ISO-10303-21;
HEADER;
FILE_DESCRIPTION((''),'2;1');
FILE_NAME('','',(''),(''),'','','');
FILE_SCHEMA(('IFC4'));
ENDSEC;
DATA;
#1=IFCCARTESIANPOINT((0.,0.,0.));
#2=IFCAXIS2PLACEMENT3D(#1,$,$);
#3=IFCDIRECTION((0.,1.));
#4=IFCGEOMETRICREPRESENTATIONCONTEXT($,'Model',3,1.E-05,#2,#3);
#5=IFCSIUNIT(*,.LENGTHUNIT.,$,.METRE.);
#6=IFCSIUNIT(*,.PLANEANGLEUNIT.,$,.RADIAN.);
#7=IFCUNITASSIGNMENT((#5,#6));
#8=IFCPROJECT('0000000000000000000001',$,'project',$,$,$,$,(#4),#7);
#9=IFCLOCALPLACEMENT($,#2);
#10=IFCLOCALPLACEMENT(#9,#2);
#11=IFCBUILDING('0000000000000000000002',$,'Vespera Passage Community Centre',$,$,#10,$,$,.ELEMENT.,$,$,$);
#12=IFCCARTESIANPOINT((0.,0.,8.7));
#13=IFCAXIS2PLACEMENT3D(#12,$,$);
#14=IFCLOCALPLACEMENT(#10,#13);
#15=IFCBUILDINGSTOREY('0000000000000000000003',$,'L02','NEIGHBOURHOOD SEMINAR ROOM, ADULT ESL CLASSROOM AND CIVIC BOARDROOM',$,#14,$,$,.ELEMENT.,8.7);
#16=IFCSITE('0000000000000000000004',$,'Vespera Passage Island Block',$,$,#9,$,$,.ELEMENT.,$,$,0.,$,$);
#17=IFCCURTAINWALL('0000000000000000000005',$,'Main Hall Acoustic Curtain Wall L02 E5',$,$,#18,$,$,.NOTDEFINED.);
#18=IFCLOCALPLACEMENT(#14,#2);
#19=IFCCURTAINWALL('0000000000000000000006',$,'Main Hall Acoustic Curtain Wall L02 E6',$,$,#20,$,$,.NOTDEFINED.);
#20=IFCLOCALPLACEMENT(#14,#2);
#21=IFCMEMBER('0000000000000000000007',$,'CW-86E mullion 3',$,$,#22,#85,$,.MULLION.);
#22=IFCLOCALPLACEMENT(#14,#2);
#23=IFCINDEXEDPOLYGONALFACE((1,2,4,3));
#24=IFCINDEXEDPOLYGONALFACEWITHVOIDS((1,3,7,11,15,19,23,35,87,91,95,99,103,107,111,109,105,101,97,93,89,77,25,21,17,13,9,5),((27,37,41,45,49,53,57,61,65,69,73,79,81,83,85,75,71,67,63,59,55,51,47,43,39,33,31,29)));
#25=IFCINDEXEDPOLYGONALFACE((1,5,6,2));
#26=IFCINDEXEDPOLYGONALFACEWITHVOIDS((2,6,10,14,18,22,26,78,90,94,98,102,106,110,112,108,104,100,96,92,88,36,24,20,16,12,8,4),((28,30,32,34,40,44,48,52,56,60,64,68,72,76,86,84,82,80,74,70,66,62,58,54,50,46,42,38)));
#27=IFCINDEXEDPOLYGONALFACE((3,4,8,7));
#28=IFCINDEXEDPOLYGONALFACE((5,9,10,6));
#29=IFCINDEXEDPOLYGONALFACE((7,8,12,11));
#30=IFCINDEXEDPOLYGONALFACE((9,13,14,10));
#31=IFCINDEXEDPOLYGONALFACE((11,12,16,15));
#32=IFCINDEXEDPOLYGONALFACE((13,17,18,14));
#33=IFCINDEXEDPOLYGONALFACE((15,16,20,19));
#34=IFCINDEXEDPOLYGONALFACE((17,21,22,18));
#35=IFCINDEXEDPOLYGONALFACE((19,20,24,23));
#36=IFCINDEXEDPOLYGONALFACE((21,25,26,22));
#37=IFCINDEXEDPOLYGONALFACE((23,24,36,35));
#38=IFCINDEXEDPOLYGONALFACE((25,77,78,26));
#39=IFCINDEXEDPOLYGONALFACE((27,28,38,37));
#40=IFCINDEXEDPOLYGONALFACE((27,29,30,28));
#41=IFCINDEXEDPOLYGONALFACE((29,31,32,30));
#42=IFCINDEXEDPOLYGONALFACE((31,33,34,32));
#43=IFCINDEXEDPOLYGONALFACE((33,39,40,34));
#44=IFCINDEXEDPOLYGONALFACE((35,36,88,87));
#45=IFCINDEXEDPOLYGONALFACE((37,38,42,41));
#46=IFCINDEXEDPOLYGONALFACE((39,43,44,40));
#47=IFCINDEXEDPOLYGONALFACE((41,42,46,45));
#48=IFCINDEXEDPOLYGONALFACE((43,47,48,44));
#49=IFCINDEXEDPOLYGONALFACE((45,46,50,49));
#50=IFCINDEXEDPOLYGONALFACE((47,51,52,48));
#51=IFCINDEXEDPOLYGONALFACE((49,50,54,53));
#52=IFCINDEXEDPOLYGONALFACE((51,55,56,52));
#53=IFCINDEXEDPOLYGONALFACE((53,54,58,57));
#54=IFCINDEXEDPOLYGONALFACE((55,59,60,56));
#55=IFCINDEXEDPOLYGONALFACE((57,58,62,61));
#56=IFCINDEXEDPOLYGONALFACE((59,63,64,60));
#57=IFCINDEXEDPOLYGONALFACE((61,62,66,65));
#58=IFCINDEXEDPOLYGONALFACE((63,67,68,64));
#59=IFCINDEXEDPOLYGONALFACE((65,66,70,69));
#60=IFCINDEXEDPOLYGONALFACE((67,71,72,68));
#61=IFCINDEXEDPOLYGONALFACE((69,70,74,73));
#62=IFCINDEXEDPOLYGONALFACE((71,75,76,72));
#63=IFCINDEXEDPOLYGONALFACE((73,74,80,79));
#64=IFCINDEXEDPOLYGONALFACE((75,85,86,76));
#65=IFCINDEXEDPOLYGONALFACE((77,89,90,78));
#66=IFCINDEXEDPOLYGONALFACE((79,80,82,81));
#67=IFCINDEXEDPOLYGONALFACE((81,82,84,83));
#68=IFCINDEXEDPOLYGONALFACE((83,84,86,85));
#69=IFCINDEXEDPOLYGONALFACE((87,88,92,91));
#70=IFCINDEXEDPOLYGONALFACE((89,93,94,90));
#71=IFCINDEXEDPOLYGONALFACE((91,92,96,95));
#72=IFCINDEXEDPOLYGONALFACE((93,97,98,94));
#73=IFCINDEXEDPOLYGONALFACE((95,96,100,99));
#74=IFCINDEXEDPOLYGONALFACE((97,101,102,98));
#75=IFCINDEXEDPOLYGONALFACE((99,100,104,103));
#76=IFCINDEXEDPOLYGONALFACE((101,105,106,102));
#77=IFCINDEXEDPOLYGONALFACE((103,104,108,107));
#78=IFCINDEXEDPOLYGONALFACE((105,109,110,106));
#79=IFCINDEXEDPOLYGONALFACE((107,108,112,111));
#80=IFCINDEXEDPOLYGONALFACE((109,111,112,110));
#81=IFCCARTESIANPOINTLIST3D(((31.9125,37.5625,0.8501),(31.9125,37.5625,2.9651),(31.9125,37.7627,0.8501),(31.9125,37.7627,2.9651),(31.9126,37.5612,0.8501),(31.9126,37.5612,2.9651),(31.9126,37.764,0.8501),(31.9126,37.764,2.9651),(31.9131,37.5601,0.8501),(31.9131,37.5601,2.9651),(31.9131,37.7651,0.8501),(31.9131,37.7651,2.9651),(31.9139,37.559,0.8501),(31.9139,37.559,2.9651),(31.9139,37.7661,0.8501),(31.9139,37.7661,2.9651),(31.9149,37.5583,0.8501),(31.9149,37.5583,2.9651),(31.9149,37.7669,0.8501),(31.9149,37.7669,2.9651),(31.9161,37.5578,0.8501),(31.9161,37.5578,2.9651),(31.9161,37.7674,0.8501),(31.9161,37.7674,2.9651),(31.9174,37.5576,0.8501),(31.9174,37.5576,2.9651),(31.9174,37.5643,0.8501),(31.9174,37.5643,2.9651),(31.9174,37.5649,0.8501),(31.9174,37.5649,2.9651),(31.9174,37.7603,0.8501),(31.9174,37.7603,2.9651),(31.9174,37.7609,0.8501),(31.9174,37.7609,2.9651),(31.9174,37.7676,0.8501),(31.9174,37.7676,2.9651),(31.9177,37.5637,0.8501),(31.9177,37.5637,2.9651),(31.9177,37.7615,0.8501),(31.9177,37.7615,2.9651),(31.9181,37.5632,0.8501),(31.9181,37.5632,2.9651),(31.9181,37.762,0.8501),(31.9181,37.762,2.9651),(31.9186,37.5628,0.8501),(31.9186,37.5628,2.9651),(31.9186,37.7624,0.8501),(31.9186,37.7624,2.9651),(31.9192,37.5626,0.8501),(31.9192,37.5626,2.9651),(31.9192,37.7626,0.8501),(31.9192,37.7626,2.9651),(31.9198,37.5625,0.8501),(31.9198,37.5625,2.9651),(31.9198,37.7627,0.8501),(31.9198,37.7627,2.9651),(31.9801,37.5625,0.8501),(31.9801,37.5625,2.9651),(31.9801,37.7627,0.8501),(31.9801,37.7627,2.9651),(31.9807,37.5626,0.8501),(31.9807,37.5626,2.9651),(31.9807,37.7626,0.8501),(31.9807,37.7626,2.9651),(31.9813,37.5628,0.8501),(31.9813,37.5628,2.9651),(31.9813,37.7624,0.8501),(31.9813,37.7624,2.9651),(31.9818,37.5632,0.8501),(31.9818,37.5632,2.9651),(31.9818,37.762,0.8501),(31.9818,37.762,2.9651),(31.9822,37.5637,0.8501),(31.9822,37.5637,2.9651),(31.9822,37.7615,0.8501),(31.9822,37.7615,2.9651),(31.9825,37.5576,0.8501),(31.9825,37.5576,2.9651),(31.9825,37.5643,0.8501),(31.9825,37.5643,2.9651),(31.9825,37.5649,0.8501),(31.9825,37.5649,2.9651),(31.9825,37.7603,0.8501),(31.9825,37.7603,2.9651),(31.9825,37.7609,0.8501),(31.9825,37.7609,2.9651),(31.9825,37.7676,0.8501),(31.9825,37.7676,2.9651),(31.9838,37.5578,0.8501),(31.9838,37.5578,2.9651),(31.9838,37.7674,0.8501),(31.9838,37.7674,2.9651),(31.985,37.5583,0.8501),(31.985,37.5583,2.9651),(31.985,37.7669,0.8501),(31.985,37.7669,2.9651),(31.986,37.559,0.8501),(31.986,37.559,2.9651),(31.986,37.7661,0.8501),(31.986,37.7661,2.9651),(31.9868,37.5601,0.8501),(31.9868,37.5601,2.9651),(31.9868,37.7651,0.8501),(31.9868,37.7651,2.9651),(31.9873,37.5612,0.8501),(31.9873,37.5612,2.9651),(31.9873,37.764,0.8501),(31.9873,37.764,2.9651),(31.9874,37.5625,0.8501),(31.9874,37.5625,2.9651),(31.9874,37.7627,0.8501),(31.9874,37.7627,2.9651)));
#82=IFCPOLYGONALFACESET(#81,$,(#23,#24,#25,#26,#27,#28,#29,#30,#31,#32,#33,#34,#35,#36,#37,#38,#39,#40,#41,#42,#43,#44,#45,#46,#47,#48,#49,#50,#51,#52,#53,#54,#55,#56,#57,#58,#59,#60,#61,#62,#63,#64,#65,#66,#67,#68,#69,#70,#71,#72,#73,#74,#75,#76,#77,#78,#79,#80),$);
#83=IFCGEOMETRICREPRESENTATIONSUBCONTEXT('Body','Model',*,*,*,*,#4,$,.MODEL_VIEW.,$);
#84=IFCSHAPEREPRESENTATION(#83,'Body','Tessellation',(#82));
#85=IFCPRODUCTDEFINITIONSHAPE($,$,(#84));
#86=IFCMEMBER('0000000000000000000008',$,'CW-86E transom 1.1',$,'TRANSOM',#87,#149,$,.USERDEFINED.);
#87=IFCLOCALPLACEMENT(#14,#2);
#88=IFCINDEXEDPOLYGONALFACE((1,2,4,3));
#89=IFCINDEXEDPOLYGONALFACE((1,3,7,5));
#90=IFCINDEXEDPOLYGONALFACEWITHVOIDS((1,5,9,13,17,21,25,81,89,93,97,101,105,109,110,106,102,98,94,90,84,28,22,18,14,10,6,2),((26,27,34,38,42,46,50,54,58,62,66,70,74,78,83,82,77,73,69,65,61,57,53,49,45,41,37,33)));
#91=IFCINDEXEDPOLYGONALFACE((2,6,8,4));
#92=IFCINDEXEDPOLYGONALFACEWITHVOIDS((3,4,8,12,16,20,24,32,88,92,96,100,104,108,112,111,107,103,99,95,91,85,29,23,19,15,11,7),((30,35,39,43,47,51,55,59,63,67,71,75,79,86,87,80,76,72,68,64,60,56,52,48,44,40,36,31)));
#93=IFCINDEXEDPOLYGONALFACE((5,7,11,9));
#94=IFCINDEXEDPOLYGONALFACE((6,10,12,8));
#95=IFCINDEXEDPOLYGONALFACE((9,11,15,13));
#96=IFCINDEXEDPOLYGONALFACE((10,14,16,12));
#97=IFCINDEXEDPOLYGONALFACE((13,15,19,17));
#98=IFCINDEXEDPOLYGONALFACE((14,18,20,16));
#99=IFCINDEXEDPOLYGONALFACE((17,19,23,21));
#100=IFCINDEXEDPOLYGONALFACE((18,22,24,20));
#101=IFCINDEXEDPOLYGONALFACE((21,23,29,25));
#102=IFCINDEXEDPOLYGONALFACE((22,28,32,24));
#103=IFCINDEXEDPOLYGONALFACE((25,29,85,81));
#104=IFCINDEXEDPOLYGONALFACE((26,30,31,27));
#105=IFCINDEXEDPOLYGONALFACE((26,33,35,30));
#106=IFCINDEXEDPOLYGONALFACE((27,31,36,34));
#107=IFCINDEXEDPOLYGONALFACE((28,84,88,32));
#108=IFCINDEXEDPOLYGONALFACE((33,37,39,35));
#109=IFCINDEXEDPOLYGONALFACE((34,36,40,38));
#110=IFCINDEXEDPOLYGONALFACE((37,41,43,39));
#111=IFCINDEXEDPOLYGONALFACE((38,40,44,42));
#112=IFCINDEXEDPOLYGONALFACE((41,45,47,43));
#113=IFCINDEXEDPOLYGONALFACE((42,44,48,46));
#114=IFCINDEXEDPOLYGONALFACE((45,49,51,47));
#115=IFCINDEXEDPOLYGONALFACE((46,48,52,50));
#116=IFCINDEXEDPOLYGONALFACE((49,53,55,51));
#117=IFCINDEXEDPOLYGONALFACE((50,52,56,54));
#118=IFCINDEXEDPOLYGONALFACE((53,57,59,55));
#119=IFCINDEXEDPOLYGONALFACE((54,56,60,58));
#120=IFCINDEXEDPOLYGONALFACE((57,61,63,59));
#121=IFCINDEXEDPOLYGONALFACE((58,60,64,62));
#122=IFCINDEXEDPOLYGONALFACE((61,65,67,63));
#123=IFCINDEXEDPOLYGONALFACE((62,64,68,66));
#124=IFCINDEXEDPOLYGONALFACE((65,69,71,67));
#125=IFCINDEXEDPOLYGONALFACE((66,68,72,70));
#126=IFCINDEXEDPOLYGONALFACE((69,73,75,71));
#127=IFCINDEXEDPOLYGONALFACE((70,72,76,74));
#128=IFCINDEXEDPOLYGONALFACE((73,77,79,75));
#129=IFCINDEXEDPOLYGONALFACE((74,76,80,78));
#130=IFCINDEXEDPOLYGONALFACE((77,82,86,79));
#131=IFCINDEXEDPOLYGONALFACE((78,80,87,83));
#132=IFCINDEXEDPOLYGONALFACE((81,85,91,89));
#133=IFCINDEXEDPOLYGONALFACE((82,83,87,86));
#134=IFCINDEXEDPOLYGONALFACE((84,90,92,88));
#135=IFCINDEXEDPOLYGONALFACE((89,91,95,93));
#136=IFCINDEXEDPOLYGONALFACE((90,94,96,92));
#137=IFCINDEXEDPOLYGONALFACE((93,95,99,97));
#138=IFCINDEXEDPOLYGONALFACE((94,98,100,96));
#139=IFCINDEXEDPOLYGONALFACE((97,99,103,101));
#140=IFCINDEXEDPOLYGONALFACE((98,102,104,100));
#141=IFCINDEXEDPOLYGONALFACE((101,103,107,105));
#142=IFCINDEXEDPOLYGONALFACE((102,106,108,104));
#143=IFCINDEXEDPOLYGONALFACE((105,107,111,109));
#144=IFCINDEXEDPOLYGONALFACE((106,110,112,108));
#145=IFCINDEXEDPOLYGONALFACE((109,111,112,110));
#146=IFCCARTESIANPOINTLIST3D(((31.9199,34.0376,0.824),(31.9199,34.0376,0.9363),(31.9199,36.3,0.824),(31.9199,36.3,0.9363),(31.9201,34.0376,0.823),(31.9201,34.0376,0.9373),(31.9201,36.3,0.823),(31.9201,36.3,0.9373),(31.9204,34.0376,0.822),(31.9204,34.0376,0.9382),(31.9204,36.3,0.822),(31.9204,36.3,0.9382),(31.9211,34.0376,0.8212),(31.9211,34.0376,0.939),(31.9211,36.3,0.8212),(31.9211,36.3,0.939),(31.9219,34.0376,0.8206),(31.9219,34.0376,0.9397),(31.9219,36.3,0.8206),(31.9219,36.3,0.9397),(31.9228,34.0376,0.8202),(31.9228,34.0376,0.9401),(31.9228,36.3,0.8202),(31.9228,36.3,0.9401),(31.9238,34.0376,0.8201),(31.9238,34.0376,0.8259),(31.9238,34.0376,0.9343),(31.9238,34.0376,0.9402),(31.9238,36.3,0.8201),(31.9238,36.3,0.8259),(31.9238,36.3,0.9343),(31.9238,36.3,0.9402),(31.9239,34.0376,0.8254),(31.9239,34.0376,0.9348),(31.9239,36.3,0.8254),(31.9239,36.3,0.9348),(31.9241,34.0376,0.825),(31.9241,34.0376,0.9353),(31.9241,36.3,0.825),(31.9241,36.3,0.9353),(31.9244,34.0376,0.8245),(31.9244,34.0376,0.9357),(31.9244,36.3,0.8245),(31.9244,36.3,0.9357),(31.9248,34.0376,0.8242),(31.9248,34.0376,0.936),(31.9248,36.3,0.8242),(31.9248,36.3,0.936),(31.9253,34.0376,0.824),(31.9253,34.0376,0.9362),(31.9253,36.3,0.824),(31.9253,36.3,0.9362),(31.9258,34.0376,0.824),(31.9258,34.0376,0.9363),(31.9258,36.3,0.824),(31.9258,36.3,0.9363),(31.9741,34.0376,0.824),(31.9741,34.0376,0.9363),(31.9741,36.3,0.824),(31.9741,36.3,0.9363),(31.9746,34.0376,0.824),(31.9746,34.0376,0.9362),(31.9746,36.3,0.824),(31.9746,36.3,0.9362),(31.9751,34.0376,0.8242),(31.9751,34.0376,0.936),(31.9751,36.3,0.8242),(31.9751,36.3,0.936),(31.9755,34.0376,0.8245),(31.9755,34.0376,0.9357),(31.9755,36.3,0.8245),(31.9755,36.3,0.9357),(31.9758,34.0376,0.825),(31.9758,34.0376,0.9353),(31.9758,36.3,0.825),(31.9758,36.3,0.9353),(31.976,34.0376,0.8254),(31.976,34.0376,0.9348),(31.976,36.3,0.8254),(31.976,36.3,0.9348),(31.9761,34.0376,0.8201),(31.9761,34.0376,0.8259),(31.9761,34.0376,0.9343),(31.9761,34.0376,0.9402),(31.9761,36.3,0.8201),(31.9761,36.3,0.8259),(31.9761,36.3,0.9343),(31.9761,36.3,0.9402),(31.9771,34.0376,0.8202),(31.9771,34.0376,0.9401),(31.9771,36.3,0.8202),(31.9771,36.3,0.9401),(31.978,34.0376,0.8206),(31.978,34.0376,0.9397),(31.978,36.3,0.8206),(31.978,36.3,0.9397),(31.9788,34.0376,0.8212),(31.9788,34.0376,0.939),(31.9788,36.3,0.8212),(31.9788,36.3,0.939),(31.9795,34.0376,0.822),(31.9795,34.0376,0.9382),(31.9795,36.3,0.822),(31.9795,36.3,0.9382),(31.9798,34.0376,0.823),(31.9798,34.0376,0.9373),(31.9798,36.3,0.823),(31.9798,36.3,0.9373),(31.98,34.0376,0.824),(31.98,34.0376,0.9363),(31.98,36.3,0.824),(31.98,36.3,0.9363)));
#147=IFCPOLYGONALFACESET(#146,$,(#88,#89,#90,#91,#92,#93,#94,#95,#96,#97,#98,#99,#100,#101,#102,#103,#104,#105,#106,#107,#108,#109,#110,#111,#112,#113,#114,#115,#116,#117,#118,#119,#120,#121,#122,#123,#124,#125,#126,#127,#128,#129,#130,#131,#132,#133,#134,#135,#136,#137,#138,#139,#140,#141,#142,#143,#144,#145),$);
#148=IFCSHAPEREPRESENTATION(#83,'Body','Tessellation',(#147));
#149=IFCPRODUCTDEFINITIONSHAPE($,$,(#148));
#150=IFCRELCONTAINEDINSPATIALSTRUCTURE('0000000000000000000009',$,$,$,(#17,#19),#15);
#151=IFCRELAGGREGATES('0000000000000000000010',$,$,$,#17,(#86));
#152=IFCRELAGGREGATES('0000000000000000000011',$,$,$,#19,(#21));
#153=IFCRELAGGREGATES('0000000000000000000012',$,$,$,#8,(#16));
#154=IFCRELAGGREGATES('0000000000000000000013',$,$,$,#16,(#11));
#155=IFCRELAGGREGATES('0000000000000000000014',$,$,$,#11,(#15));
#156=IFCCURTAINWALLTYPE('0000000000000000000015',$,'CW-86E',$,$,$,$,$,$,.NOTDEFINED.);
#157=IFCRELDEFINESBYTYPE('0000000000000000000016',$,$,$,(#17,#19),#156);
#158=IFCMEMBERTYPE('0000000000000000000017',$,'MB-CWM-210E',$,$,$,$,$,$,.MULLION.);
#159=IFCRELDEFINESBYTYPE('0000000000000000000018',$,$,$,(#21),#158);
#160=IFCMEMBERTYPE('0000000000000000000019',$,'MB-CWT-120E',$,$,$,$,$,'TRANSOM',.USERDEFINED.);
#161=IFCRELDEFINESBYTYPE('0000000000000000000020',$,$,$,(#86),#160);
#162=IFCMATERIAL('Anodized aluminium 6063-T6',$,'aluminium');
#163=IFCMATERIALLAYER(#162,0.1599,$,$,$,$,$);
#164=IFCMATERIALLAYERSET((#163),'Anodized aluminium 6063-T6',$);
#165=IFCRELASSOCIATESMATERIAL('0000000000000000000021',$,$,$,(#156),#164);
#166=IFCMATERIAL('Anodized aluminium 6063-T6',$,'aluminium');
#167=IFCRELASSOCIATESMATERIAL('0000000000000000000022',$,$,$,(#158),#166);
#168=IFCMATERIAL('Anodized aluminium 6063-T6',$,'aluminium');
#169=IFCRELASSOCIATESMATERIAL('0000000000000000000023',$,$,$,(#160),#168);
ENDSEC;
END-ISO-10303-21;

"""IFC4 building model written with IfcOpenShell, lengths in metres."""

from ifc_helpers import new_model, si_unit, direction, frame, origin, origin_2d, place, context, subcontext, project, spatial, hollow_rectangle, extrude, material, layer, layer_set, material_profile, profile_set, type_object, element, aggregate, save


model = new_model("IFC4")

# Units and contexts
model_context = context("Model", 3, precision=1e-05, world=origin(), true_north=direction((0.0, 1.0)))
body_context = subcontext(model_context, "Body", "Model", "MODEL_VIEW")
ifc_project = project(units=[si_unit("LENGTHUNIT", "METRE"), si_unit("PLANEANGLEUNIT", "RADIAN")], contexts=[model_context])

# Site, building, storey
site_placement = place(None, origin())
site = spatial("IfcSite", under=ifc_project, at=site_placement, Name="Vespera Passage Island Block", CompositionType="ELEMENT", RefElevation=0.0)
building_placement = place(site_placement, origin())
building = spatial("IfcBuilding", under=site, at=building_placement, Name="Vespera Passage Community Centre", CompositionType="ELEMENT")
storey_placement = place(building_placement, frame((0.0, 0.0, 8.7)))
storey = spatial("IfcBuildingStorey", under=building, at=storey_placement, Name="L02", Description="NEIGHBOURHOOD SEMINAR ROOM, ADULT ESL CLASSROOM AND CIVIC BOARDROOM", CompositionType="ELEMENT", Elevation=8.7)

# Curtain walls, member
ifc_material_1 = material(Name="Anodized aluminium 6063-T6", Category="aluminium")
ifc_layer_1 = layer(ifc_material_1, 0.1599)
ifc_layer_set_1 = layer_set([ifc_layer_1], Name="Anodized aluminium 6063-T6")
curtain_wall_type_1 = type_object("IfcCurtainWallType", Name="CW-86E", PredefinedType="NOTDEFINED", material=ifc_layer_set_1)
curtain_wall_1_placement = place(storey_placement, origin())
curtain_wall_1 = element("IfcCurtainWall", 1, at=curtain_wall_1_placement, inside=storey, type_object=curtain_wall_type_1, Name="Main Hall Acoustic Curtain Wall L02 E5", PredefinedType="NOTDEFINED")
ifc_material_2 = material(Name="Anodized aluminium 6063-T6", Category="aluminium")
ifc_material_profile_1 = material_profile(ifc_material_2, hollow_rectangle(XDim=0.075, YDim=0.21, WallThickness=0.0049, InnerFilletRadius=0.0024, OuterFilletRadius=0.0049, at=origin_2d()), Name="ALU210X75X5")
ifc_profile_set_1 = profile_set([ifc_material_profile_1], Name="Anodized aluminium 6063-T6")
member_type_1 = type_object("IfcMemberType", Name="MB-CWM-210E", PredefinedType="MULLION", material=ifc_profile_set_1)
curtain_wall_2_placement = place(storey_placement, origin())
curtain_wall_2 = element("IfcCurtainWall", 2, at=curtain_wall_2_placement, inside=storey, type_object=curtain_wall_type_1, Name="Main Hall Acoustic Curtain Wall L02 E6", PredefinedType="NOTDEFINED")
member_1_placement = place(storey_placement, frame((31.95, 37.6626, 0.8501), z_axis=(0.0, 0.0, 1.0), x_axis=(1.0, 0.0, 0.0)))
member_1 = element("IfcMember", 3, at=member_1_placement, type_object=member_type_1, Name="CW-86E mullion 3", PredefinedType="MULLION", context=body_context, shape_type="SweptSolid", body=[
    extrude(hollow_rectangle(XDim=0.075, YDim=0.21, WallThickness=0.0049, InnerFilletRadius=0.0024, OuterFilletRadius=0.0049, at=origin_2d()), origin(), (0.0, 0.0, 1.0), 2.115),
])

# Member
ifc_material_3 = material(Name="Anodized aluminium 6063-T6", Category="aluminium")
ifc_material_profile_2 = material_profile(ifc_material_3, hollow_rectangle(XDim=0.0601, YDim=0.1201, WallThickness=0.0039, InnerFilletRadius=0.002, OuterFilletRadius=0.0039, at=origin_2d()), Name="ALU120X60X4")
ifc_profile_set_2 = profile_set([ifc_material_profile_2], Name="Anodized aluminium 6063-T6")
member_type_2 = type_object("IfcMemberType", Name="MB-CWT-120E", ElementType="TRANSOM", PredefinedType="USERDEFINED", material=ifc_profile_set_2)
member_2_placement = place(storey_placement, frame((31.95, 36.3, 0.8801), z_axis=(0.0, -1.0, 0.0), x_axis=(1.0, 0.0, 0.0)))
member_2 = element("IfcMember", 4, at=member_2_placement, type_object=member_type_2, Name="CW-86E transom 1.1", ObjectType="TRANSOM", PredefinedType="USERDEFINED", context=body_context, shape_type="SweptSolid", body=[
    extrude(hollow_rectangle(XDim=0.0601, YDim=0.1201, WallThickness=0.0039, InnerFilletRadius=0.002, OuterFilletRadius=0.0039, at=origin_2d()), origin(), (0.0, 0.0, 1.0), 2.2625),
])

aggregate(curtain_wall_1, [member_2])
aggregate(curtain_wall_2, [member_1])

save(model, "model.ifc")
